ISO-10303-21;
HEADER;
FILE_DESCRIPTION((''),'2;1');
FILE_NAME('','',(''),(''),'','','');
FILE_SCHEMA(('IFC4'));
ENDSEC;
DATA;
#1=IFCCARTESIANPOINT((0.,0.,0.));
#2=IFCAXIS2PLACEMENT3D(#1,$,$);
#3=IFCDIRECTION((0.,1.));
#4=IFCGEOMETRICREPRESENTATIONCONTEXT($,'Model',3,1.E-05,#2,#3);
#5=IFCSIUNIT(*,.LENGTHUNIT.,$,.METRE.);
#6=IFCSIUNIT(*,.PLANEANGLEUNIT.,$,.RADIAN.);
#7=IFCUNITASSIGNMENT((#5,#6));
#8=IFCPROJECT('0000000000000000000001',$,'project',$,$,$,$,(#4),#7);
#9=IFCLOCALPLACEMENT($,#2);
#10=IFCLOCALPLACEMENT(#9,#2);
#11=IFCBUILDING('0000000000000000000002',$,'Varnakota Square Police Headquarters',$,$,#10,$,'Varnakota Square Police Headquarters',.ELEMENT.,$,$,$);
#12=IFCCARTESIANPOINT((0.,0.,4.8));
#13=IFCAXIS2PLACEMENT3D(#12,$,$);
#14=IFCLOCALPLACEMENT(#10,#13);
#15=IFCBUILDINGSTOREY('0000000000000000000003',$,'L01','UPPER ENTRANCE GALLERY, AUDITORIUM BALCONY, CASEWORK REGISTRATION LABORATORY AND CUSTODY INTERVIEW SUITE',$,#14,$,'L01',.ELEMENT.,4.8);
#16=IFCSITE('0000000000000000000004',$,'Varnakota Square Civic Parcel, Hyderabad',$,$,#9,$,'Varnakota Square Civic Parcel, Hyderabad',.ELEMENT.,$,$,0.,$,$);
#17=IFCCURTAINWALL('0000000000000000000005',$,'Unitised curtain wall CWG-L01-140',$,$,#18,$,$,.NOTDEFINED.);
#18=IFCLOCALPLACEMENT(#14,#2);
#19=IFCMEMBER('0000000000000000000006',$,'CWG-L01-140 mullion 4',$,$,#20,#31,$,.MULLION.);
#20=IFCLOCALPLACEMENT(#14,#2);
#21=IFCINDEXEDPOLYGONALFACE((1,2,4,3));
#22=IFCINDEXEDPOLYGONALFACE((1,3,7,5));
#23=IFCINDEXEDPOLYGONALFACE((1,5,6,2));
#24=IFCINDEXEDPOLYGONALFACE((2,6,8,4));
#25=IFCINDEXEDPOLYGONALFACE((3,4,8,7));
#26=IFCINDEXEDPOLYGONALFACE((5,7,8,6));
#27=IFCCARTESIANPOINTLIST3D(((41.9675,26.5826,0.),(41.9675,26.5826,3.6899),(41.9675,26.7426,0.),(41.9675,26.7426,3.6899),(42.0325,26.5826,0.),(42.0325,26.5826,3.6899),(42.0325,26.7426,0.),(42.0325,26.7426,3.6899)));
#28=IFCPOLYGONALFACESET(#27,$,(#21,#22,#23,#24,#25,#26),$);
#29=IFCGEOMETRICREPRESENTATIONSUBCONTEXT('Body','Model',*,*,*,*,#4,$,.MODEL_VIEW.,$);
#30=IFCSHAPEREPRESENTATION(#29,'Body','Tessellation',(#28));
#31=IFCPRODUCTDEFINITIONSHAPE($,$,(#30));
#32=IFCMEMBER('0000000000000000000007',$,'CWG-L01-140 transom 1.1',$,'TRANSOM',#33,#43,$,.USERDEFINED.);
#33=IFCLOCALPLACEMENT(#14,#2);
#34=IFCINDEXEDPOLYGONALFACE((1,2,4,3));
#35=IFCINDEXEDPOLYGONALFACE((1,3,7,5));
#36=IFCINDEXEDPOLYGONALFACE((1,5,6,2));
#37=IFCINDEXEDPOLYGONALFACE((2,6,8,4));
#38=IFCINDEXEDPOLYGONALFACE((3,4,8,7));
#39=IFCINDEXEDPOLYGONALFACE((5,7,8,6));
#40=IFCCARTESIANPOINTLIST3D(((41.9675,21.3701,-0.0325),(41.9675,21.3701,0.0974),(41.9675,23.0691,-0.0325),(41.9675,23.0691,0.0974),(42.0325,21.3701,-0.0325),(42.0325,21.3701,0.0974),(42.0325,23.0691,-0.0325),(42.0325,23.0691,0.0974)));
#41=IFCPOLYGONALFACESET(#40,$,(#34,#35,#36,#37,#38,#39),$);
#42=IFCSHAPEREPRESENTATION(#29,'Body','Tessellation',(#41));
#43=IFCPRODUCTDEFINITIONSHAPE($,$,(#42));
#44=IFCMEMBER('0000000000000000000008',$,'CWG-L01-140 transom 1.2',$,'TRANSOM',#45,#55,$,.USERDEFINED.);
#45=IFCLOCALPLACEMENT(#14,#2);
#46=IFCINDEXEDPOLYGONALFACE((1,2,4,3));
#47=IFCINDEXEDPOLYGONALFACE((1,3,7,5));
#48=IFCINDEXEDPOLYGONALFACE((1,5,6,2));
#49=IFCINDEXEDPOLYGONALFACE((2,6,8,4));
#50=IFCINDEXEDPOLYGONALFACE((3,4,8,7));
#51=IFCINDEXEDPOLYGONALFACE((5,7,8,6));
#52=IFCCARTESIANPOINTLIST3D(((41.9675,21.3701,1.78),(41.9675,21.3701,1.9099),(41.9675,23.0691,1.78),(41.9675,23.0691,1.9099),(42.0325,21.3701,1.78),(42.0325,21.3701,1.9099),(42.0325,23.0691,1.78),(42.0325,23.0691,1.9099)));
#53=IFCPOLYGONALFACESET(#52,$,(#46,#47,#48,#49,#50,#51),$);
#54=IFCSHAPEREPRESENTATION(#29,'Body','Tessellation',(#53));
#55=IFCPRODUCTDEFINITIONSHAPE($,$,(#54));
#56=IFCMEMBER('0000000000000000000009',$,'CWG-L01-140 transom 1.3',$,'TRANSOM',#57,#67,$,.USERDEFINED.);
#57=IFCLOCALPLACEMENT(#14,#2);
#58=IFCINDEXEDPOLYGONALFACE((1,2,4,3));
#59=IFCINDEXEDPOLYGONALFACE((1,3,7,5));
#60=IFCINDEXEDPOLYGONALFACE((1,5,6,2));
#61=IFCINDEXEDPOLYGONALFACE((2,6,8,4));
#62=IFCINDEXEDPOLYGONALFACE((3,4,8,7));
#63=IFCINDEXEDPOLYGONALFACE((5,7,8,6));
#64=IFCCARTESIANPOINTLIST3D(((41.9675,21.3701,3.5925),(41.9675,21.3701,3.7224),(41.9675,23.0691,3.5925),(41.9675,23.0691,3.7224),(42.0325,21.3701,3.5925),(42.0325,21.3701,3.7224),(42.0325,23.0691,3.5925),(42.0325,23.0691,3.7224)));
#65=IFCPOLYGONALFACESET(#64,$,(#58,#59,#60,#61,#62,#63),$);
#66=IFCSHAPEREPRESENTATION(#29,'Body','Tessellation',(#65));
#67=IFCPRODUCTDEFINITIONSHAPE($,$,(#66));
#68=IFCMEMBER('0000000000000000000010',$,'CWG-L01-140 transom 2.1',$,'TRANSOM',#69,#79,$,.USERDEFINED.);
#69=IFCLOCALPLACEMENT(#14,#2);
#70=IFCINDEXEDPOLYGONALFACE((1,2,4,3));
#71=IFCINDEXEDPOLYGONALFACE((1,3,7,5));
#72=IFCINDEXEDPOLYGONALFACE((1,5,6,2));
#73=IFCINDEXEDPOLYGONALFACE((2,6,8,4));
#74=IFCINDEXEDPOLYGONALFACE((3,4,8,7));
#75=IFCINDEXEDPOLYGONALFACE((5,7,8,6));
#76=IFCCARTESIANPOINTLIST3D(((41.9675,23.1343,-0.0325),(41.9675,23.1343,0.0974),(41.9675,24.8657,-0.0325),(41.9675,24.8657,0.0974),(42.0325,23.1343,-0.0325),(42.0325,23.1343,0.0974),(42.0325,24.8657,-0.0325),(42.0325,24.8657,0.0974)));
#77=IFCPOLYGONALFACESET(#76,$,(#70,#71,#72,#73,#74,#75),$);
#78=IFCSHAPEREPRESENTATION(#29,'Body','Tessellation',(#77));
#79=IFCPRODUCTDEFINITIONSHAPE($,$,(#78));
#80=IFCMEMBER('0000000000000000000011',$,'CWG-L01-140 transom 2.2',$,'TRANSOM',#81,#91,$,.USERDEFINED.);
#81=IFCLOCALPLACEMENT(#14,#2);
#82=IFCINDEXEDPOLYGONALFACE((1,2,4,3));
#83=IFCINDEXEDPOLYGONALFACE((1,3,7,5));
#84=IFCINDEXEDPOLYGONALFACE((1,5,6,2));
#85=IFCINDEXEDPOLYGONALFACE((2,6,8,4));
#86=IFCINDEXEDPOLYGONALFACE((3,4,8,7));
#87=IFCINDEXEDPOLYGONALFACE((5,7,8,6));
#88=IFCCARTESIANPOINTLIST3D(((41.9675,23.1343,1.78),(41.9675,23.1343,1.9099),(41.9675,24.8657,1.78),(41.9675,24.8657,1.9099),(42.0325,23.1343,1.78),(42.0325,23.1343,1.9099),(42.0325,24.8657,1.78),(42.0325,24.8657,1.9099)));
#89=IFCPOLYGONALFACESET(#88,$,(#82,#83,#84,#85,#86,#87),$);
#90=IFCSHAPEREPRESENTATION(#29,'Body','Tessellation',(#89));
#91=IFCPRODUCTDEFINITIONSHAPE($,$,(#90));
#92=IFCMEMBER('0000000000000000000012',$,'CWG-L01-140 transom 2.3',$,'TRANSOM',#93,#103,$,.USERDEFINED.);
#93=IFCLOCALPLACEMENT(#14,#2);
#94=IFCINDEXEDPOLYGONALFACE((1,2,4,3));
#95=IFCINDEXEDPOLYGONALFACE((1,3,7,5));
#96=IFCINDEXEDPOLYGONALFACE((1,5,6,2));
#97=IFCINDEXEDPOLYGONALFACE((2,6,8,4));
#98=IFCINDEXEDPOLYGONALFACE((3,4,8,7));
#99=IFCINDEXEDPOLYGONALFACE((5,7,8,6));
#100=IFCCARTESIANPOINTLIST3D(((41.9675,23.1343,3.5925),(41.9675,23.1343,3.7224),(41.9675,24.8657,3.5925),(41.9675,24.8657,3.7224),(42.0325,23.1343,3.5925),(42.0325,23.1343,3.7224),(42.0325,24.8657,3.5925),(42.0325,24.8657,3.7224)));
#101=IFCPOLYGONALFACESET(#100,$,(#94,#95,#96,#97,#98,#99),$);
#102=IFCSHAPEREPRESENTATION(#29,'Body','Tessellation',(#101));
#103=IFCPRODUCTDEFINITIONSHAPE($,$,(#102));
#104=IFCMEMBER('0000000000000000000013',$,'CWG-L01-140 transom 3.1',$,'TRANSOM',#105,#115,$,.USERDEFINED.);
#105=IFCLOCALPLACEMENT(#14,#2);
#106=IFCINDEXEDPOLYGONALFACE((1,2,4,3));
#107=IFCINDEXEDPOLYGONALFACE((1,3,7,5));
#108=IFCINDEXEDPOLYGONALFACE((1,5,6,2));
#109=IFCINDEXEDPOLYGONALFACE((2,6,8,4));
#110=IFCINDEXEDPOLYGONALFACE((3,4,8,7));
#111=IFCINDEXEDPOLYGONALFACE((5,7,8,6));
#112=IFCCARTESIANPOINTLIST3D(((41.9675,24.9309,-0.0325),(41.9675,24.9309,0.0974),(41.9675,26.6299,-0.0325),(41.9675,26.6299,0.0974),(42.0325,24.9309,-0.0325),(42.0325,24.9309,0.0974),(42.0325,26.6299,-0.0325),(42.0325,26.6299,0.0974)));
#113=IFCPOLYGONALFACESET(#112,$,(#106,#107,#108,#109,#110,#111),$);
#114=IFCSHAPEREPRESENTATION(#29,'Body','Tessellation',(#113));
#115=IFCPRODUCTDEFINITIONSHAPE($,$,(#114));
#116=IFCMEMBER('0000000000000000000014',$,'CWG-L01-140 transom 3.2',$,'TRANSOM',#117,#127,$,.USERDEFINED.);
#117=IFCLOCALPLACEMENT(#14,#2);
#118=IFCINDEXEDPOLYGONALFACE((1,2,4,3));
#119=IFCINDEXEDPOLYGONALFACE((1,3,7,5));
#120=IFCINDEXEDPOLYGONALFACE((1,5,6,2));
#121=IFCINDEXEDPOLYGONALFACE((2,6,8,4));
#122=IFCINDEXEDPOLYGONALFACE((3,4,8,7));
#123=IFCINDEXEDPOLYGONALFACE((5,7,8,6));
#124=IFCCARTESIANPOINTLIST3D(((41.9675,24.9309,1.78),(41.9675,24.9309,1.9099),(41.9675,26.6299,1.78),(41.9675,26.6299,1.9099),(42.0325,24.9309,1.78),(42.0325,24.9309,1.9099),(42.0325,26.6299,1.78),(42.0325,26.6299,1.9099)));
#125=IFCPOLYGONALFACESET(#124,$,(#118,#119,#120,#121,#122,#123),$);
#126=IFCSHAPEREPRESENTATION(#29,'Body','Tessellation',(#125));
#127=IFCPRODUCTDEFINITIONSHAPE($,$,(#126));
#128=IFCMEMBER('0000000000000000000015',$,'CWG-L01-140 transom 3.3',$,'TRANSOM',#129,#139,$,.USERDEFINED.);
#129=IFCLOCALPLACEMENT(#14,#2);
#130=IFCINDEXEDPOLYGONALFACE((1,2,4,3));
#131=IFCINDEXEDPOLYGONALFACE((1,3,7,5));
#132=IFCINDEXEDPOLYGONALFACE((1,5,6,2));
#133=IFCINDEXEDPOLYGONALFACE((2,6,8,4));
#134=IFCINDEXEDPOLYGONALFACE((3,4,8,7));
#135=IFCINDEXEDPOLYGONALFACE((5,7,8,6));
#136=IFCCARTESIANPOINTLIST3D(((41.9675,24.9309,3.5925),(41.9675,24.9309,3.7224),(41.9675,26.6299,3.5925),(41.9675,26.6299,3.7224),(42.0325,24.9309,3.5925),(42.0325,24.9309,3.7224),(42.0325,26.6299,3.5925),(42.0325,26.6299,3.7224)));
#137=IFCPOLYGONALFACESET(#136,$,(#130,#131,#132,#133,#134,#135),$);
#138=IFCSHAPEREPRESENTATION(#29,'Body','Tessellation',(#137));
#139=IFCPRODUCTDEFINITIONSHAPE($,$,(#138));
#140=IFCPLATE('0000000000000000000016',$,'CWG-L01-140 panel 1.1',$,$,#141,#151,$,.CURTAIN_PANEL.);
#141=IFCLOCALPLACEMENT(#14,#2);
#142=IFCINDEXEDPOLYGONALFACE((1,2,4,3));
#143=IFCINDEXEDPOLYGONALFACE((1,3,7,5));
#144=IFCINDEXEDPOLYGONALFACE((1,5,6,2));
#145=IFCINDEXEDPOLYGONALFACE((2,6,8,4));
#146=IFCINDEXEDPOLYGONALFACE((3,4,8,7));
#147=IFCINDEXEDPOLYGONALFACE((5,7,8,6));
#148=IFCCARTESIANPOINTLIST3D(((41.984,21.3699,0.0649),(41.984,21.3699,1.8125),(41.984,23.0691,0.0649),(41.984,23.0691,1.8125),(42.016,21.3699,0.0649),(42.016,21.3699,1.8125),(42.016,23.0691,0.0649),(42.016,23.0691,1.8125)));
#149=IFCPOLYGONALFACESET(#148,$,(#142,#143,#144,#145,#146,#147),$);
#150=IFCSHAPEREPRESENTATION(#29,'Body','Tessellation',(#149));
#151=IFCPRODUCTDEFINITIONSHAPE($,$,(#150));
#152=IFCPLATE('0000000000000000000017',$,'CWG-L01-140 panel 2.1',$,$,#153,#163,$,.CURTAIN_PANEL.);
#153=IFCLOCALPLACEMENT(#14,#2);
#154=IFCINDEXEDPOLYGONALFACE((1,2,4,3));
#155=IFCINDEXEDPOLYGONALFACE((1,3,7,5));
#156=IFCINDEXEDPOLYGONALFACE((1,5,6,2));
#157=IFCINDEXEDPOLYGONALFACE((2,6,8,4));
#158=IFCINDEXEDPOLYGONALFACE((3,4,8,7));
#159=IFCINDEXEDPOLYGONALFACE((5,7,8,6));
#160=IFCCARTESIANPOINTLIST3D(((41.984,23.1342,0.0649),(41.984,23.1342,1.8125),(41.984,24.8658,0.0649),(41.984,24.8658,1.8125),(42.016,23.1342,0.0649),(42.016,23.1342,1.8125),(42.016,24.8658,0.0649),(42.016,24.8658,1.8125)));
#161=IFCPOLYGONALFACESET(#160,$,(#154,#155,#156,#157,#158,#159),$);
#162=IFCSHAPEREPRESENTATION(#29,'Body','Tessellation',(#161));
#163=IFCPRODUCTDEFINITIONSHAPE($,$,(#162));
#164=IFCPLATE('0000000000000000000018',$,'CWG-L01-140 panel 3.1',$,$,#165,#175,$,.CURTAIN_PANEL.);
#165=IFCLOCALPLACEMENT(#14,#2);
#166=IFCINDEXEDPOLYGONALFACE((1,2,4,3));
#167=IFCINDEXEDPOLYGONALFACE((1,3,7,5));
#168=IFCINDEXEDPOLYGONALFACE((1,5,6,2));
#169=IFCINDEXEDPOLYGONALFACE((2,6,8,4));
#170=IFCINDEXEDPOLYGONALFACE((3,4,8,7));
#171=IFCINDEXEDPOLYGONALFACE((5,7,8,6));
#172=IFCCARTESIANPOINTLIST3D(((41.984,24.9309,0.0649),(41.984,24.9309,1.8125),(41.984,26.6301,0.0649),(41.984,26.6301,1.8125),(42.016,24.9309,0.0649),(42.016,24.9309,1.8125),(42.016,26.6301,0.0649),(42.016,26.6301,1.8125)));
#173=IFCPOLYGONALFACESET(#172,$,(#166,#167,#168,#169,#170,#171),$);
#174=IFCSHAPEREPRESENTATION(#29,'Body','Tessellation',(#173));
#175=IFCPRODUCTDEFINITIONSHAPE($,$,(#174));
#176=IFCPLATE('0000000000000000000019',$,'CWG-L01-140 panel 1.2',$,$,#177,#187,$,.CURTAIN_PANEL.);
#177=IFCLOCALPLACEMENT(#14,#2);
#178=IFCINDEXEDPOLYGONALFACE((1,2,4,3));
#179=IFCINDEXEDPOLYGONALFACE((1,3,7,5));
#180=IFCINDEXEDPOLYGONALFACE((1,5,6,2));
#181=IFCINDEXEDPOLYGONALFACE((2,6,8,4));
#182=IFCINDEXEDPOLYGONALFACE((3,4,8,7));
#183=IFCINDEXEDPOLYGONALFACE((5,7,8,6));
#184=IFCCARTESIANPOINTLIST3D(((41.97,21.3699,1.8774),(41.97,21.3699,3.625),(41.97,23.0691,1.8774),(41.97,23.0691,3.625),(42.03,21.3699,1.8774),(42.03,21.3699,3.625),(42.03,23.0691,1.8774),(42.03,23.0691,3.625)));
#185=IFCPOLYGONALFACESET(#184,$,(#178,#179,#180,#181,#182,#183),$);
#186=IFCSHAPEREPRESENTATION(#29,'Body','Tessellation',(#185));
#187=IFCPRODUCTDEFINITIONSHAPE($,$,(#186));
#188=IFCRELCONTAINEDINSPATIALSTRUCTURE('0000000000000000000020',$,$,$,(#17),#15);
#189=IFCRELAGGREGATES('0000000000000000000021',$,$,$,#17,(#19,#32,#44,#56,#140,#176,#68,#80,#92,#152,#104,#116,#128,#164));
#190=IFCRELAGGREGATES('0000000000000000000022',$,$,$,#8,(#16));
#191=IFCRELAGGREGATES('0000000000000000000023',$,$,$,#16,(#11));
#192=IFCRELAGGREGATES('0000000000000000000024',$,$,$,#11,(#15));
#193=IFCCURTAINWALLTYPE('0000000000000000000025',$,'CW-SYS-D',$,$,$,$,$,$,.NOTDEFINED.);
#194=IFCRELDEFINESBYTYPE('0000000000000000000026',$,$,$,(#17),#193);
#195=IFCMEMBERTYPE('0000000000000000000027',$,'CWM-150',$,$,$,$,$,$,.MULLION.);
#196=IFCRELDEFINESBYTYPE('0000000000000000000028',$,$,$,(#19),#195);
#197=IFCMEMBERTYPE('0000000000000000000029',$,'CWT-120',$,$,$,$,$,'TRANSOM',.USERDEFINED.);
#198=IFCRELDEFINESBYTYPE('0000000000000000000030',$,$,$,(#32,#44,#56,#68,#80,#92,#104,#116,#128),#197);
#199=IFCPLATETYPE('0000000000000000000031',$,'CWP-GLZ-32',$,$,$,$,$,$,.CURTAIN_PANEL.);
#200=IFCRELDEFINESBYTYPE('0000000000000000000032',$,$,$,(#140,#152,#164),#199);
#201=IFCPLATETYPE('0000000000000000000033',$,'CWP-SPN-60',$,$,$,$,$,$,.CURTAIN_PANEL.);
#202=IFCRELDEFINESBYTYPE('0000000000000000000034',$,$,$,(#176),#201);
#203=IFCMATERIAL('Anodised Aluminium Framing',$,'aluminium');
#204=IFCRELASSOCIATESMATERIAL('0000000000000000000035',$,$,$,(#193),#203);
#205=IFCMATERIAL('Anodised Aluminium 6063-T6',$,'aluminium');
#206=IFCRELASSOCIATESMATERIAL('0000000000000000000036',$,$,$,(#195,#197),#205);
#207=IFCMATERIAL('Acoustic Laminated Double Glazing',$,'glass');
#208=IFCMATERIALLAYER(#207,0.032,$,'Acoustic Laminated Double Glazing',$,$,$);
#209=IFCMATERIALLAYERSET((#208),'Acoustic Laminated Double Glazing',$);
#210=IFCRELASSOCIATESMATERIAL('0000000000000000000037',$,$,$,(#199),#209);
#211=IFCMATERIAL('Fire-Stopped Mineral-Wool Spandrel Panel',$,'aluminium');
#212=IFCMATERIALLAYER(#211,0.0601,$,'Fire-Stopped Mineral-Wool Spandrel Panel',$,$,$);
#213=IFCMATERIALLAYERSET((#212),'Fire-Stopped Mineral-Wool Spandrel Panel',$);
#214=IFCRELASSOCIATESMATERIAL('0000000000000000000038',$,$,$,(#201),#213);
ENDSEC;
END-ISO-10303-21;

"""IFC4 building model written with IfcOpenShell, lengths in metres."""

from ifc_helpers import new_model, si_unit, direction, frame, origin, origin_2d, place, context, subcontext, project, spatial, rectangle, extrude, material, layer, layer_set, material_profile, profile_set, type_object, element, aggregate, save


model = new_model("IFC4")

# Units and contexts
model_context = context("Model", 3, precision=1e-05, world=origin(), true_north=direction((0.0, 1.0)))
body_context = subcontext(model_context, "Body", "Model", "MODEL_VIEW")
ifc_project = project(units=[si_unit("LENGTHUNIT", "METRE"), si_unit("PLANEANGLEUNIT", "RADIAN")], contexts=[model_context])

# Site, building, storey
site_placement = place(None, origin())
site = spatial("IfcSite", under=ifc_project, at=site_placement, Name="Varnakota Square Civic Parcel, Hyderabad", LongName="Varnakota Square Civic Parcel, Hyderabad", CompositionType="ELEMENT", RefElevation=0.0)
building_placement = place(site_placement, origin())
building = spatial("IfcBuilding", under=site, at=building_placement, Name="Varnakota Square Police Headquarters", LongName="Varnakota Square Police Headquarters", CompositionType="ELEMENT")
storey_placement = place(building_placement, frame((0.0, 0.0, 4.8)))
storey = spatial("IfcBuildingStorey", under=building, at=storey_placement, Name="L01", Description="UPPER ENTRANCE GALLERY, AUDITORIUM BALCONY, CASEWORK REGISTRATION LABORATORY AND CUSTODY INTERVIEW SUITE", LongName="L01", CompositionType="ELEMENT", Elevation=4.8)

# Curtain wall, members, plates
ifc_material_1 = material(Name="Anodised Aluminium Framing", Category="aluminium")
curtain_wall_type = type_object("IfcCurtainWallType", Name="CW-SYS-D", PredefinedType="NOTDEFINED", material=ifc_material_1)
curtain_wall_placement = place(storey_placement, origin())
curtain_wall = element("IfcCurtainWall", 1, at=curtain_wall_placement, inside=storey, type_object=curtain_wall_type, Name="Unitised curtain wall CWG-L01-140", PredefinedType="NOTDEFINED")
ifc_material_2 = material(Name="Anodised Aluminium 6063-T6", Category="aluminium")
ifc_material_profile_1 = material_profile(ifc_material_2, rectangle(XDim=0.0649, YDim=0.1599, at=origin_2d()), Name="ALU MULLION 65x160")
ifc_profile_set_1 = profile_set([ifc_material_profile_1], Name="Anodised Aluminium 6063-T6")
member_type_1 = type_object("IfcMemberType", Name="CWM-150", PredefinedType="MULLION", material=ifc_profile_set_1)
member_1_placement = place(storey_placement, frame((42.0, 26.6626, 0.0), z_axis=(0.0, 0.0, 1.0), x_axis=(-1.0, 0.0, 0.0)))
member_1 = element("IfcMember", 2, at=member_1_placement, type_object=member_type_1, Name="CWG-L01-140 mullion 4", PredefinedType="MULLION", context=body_context, shape_type="SweptSolid", body=[
    extrude(rectangle(XDim=0.0649, YDim=0.1599, at=origin_2d()), origin(), (0.0, 0.0, 1.0), 3.6899),
])
ifc_material_profile_2 = material_profile(ifc_material_2, rectangle(XDim=0.0649, YDim=0.1299, at=origin_2d()), Name="ALU TRANSOM 65x130")
ifc_profile_set_2 = profile_set([ifc_material_profile_2], Name="Anodised Aluminium 6063-T6")
member_type_2 = type_object("IfcMemberType", Name="CWT-120", ElementType="TRANSOM", PredefinedType="USERDEFINED", material=ifc_profile_set_2)
member_2_placement = place(storey_placement, frame((42.0, 21.3701, 0.0325), z_axis=(0.0, 1.0, 0.0), x_axis=(-1.0, 0.0, 0.0)))
member_2 = element("IfcMember", 3, at=member_2_placement, type_object=member_type_2, Name="CWG-L01-140 transom 1.1", ObjectType="TRANSOM", PredefinedType="USERDEFINED", context=body_context, shape_type="SweptSolid", body=[
    extrude(rectangle(XDim=0.0649, YDim=0.1299, at=origin_2d()), origin(), (0.0, 0.0, 1.0), 1.699),
])
member_3_placement = place(storey_placement, frame((42.0, 21.3701, 1.845), z_axis=(0.0, 1.0, 0.0), x_axis=(-1.0, 0.0, 0.0)))
member_3 = element("IfcMember", 4, at=member_3_placement, type_object=member_type_2, Name="CWG-L01-140 transom 1.2", ObjectType="TRANSOM", PredefinedType="USERDEFINED", context=body_context, shape_type="SweptSolid", body=[
    extrude(rectangle(XDim=0.0649, YDim=0.1299, at=origin_2d()), origin(), (0.0, 0.0, 1.0), 1.699),
])
member_4_placement = place(storey_placement, frame((42.0, 21.3701, 3.6575), z_axis=(0.0, 1.0, 0.0), x_axis=(-1.0, 0.0, 0.0)))
member_4 = element("IfcMember", 5, at=member_4_placement, type_object=member_type_2, Name="CWG-L01-140 transom 1.3", ObjectType="TRANSOM", PredefinedType="USERDEFINED", context=body_context, shape_type="SweptSolid", body=[
    extrude(rectangle(XDim=0.0649, YDim=0.1299, at=origin_2d()), origin(), (0.0, 0.0, 1.0), 1.699),
])
member_5_placement = place(storey_placement, frame((42.0, 23.1343, 0.0325), z_axis=(0.0, 1.0, 0.0), x_axis=(-1.0, 0.0, 0.0)))
member_5 = element("IfcMember", 6, at=member_5_placement, type_object=member_type_2, Name="CWG-L01-140 transom 2.1", ObjectType="TRANSOM", PredefinedType="USERDEFINED", context=body_context, shape_type="SweptSolid", body=[
    extrude(rectangle(XDim=0.0649, YDim=0.1299, at=origin_2d()), origin(), (0.0, 0.0, 1.0), 1.7314),
])
member_6_placement = place(storey_placement, frame((42.0, 23.1343, 1.845), z_axis=(0.0, 1.0, 0.0), x_axis=(-1.0, 0.0, 0.0)))
member_6 = element("IfcMember", 7, at=member_6_placement, type_object=member_type_2, Name="CWG-L01-140 transom 2.2", ObjectType="TRANSOM", PredefinedType="USERDEFINED", context=body_context, shape_type="SweptSolid", body=[
    extrude(rectangle(XDim=0.0649, YDim=0.1299, at=origin_2d()), origin(), (0.0, 0.0, 1.0), 1.7314),
])
member_7_placement = place(storey_placement, frame((42.0, 23.1343, 3.6575), z_axis=(0.0, 1.0, 0.0), x_axis=(-1.0, 0.0, 0.0)))
member_7 = element("IfcMember", 8, at=member_7_placement, type_object=member_type_2, Name="CWG-L01-140 transom 2.3", ObjectType="TRANSOM", PredefinedType="USERDEFINED", context=body_context, shape_type="SweptSolid", body=[
    extrude(rectangle(XDim=0.0649, YDim=0.1299, at=origin_2d()), origin(), (0.0, 0.0, 1.0), 1.7314),
])
member_8_placement = place(storey_placement, frame((42.0, 24.9309, 0.0325), z_axis=(0.0, 1.0, 0.0), x_axis=(-1.0, 0.0, 0.0)))
member_8 = element("IfcMember", 9, at=member_8_placement, type_object=member_type_2, Name="CWG-L01-140 transom 3.1", ObjectType="TRANSOM", PredefinedType="USERDEFINED", context=body_context, shape_type="SweptSolid", body=[
    extrude(rectangle(XDim=0.0649, YDim=0.1299, at=origin_2d()), origin(), (0.0, 0.0, 1.0), 1.699),
])
member_9_placement = place(storey_placement, frame((42.0, 24.9309, 1.845), z_axis=(0.0, 1.0, 0.0), x_axis=(-1.0, 0.0, 0.0)))
member_9 = element("IfcMember", 10, at=member_9_placement, type_object=member_type_2, Name="CWG-L01-140 transom 3.2", ObjectType="TRANSOM", PredefinedType="USERDEFINED", context=body_context, shape_type="SweptSolid", body=[
    extrude(rectangle(XDim=0.0649, YDim=0.1299, at=origin_2d()), origin(), (0.0, 0.0, 1.0), 1.699),
])
member_10_placement = place(storey_placement, frame((42.0, 24.9309, 3.6575), z_axis=(0.0, 1.0, 0.0), x_axis=(-1.0, 0.0, 0.0)))
member_10 = element("IfcMember", 11, at=member_10_placement, type_object=member_type_2, Name="CWG-L01-140 transom 3.3", ObjectType="TRANSOM", PredefinedType="USERDEFINED", context=body_context, shape_type="SweptSolid", body=[
    extrude(rectangle(XDim=0.0649, YDim=0.1299, at=origin_2d()), origin(), (0.0, 0.0, 1.0), 1.699),
])
ifc_material_3 = material(Name="Acoustic Laminated Double Glazing", Category="glass")
ifc_layer_1 = layer(ifc_material_3, 0.032, Name="Acoustic Laminated Double Glazing")
ifc_layer_set_1 = layer_set([ifc_layer_1], Name="Acoustic Laminated Double Glazing")
plate_type_1 = type_object("IfcPlateType", Name="CWP-GLZ-32", PredefinedType="CURTAIN_PANEL", material=ifc_layer_set_1)
plate_1_placement = place(storey_placement, frame((42.0, 22.2195, 0.0649), z_axis=(0.0, 0.0, 1.0), x_axis=(0.0, 1.0, 0.0)))
plate_1 = element("IfcPlate", 12, at=plate_1_placement, type_object=plate_type_1, Name="CWG-L01-140 panel 1.1", PredefinedType="CURTAIN_PANEL", context=body_context, shape_type="SweptSolid", body=[
    extrude(rectangle(XDim=1.6992, YDim=0.032, at=origin_2d()), origin(), (0.0, 0.0, 1.0), 1.7476),
])
plate_2_placement = place(storey_placement, frame((42.0, 24.0, 0.0649), z_axis=(0.0, 0.0, 1.0), x_axis=(0.0, 1.0, 0.0)))
plate_2 = element("IfcPlate", 13, at=plate_2_placement, type_object=plate_type_1, Name="CWG-L01-140 panel 2.1", PredefinedType="CURTAIN_PANEL", context=body_context, shape_type="SweptSolid", body=[
    extrude(rectangle(XDim=1.7317, YDim=0.032, at=origin_2d()), origin(), (0.0, 0.0, 1.0), 1.7476),
])
plate_3_placement = place(storey_placement, frame((42.0, 25.7805, 0.0649), z_axis=(0.0, 0.0, 1.0), x_axis=(0.0, 1.0, 0.0)))
plate_3 = element("IfcPlate", 14, at=plate_3_placement, type_object=plate_type_1, Name="CWG-L01-140 panel 3.1", PredefinedType="CURTAIN_PANEL", context=body_context, shape_type="SweptSolid", body=[
    extrude(rectangle(XDim=1.6992, YDim=0.032, at=origin_2d()), origin(), (0.0, 0.0, 1.0), 1.7476),
])
ifc_material_4 = material(Name="Fire-Stopped Mineral-Wool Spandrel Panel", Category="aluminium")
ifc_layer_2 = layer(ifc_material_4, 0.0601, Name="Fire-Stopped Mineral-Wool Spandrel Panel")
ifc_layer_set_2 = layer_set([ifc_layer_2], Name="Fire-Stopped Mineral-Wool Spandrel Panel")
plate_type_2 = type_object("IfcPlateType", Name="CWP-SPN-60", PredefinedType="CURTAIN_PANEL", material=ifc_layer_set_2)
plate_4_placement = place(storey_placement, frame((42.0, 22.2195, 1.8774), z_axis=(0.0, 0.0, 1.0), x_axis=(0.0, 1.0, 0.0)))
plate_4 = element("IfcPlate", 15, at=plate_4_placement, type_object=plate_type_2, Name="CWG-L01-140 panel 1.2", PredefinedType="CURTAIN_PANEL", context=body_context, shape_type="SweptSolid", body=[
    extrude(rectangle(XDim=1.6992, YDim=0.0601, at=origin_2d()), origin(), (0.0, 0.0, 1.0), 1.7476),
])
aggregate(curtain_wall, [member_1, member_2, member_3, member_4, plate_1, plate_4, member_5, member_6, member_7, plate_2, member_8, member_9, member_10, plate_3])

save(model, "model.ifc")
